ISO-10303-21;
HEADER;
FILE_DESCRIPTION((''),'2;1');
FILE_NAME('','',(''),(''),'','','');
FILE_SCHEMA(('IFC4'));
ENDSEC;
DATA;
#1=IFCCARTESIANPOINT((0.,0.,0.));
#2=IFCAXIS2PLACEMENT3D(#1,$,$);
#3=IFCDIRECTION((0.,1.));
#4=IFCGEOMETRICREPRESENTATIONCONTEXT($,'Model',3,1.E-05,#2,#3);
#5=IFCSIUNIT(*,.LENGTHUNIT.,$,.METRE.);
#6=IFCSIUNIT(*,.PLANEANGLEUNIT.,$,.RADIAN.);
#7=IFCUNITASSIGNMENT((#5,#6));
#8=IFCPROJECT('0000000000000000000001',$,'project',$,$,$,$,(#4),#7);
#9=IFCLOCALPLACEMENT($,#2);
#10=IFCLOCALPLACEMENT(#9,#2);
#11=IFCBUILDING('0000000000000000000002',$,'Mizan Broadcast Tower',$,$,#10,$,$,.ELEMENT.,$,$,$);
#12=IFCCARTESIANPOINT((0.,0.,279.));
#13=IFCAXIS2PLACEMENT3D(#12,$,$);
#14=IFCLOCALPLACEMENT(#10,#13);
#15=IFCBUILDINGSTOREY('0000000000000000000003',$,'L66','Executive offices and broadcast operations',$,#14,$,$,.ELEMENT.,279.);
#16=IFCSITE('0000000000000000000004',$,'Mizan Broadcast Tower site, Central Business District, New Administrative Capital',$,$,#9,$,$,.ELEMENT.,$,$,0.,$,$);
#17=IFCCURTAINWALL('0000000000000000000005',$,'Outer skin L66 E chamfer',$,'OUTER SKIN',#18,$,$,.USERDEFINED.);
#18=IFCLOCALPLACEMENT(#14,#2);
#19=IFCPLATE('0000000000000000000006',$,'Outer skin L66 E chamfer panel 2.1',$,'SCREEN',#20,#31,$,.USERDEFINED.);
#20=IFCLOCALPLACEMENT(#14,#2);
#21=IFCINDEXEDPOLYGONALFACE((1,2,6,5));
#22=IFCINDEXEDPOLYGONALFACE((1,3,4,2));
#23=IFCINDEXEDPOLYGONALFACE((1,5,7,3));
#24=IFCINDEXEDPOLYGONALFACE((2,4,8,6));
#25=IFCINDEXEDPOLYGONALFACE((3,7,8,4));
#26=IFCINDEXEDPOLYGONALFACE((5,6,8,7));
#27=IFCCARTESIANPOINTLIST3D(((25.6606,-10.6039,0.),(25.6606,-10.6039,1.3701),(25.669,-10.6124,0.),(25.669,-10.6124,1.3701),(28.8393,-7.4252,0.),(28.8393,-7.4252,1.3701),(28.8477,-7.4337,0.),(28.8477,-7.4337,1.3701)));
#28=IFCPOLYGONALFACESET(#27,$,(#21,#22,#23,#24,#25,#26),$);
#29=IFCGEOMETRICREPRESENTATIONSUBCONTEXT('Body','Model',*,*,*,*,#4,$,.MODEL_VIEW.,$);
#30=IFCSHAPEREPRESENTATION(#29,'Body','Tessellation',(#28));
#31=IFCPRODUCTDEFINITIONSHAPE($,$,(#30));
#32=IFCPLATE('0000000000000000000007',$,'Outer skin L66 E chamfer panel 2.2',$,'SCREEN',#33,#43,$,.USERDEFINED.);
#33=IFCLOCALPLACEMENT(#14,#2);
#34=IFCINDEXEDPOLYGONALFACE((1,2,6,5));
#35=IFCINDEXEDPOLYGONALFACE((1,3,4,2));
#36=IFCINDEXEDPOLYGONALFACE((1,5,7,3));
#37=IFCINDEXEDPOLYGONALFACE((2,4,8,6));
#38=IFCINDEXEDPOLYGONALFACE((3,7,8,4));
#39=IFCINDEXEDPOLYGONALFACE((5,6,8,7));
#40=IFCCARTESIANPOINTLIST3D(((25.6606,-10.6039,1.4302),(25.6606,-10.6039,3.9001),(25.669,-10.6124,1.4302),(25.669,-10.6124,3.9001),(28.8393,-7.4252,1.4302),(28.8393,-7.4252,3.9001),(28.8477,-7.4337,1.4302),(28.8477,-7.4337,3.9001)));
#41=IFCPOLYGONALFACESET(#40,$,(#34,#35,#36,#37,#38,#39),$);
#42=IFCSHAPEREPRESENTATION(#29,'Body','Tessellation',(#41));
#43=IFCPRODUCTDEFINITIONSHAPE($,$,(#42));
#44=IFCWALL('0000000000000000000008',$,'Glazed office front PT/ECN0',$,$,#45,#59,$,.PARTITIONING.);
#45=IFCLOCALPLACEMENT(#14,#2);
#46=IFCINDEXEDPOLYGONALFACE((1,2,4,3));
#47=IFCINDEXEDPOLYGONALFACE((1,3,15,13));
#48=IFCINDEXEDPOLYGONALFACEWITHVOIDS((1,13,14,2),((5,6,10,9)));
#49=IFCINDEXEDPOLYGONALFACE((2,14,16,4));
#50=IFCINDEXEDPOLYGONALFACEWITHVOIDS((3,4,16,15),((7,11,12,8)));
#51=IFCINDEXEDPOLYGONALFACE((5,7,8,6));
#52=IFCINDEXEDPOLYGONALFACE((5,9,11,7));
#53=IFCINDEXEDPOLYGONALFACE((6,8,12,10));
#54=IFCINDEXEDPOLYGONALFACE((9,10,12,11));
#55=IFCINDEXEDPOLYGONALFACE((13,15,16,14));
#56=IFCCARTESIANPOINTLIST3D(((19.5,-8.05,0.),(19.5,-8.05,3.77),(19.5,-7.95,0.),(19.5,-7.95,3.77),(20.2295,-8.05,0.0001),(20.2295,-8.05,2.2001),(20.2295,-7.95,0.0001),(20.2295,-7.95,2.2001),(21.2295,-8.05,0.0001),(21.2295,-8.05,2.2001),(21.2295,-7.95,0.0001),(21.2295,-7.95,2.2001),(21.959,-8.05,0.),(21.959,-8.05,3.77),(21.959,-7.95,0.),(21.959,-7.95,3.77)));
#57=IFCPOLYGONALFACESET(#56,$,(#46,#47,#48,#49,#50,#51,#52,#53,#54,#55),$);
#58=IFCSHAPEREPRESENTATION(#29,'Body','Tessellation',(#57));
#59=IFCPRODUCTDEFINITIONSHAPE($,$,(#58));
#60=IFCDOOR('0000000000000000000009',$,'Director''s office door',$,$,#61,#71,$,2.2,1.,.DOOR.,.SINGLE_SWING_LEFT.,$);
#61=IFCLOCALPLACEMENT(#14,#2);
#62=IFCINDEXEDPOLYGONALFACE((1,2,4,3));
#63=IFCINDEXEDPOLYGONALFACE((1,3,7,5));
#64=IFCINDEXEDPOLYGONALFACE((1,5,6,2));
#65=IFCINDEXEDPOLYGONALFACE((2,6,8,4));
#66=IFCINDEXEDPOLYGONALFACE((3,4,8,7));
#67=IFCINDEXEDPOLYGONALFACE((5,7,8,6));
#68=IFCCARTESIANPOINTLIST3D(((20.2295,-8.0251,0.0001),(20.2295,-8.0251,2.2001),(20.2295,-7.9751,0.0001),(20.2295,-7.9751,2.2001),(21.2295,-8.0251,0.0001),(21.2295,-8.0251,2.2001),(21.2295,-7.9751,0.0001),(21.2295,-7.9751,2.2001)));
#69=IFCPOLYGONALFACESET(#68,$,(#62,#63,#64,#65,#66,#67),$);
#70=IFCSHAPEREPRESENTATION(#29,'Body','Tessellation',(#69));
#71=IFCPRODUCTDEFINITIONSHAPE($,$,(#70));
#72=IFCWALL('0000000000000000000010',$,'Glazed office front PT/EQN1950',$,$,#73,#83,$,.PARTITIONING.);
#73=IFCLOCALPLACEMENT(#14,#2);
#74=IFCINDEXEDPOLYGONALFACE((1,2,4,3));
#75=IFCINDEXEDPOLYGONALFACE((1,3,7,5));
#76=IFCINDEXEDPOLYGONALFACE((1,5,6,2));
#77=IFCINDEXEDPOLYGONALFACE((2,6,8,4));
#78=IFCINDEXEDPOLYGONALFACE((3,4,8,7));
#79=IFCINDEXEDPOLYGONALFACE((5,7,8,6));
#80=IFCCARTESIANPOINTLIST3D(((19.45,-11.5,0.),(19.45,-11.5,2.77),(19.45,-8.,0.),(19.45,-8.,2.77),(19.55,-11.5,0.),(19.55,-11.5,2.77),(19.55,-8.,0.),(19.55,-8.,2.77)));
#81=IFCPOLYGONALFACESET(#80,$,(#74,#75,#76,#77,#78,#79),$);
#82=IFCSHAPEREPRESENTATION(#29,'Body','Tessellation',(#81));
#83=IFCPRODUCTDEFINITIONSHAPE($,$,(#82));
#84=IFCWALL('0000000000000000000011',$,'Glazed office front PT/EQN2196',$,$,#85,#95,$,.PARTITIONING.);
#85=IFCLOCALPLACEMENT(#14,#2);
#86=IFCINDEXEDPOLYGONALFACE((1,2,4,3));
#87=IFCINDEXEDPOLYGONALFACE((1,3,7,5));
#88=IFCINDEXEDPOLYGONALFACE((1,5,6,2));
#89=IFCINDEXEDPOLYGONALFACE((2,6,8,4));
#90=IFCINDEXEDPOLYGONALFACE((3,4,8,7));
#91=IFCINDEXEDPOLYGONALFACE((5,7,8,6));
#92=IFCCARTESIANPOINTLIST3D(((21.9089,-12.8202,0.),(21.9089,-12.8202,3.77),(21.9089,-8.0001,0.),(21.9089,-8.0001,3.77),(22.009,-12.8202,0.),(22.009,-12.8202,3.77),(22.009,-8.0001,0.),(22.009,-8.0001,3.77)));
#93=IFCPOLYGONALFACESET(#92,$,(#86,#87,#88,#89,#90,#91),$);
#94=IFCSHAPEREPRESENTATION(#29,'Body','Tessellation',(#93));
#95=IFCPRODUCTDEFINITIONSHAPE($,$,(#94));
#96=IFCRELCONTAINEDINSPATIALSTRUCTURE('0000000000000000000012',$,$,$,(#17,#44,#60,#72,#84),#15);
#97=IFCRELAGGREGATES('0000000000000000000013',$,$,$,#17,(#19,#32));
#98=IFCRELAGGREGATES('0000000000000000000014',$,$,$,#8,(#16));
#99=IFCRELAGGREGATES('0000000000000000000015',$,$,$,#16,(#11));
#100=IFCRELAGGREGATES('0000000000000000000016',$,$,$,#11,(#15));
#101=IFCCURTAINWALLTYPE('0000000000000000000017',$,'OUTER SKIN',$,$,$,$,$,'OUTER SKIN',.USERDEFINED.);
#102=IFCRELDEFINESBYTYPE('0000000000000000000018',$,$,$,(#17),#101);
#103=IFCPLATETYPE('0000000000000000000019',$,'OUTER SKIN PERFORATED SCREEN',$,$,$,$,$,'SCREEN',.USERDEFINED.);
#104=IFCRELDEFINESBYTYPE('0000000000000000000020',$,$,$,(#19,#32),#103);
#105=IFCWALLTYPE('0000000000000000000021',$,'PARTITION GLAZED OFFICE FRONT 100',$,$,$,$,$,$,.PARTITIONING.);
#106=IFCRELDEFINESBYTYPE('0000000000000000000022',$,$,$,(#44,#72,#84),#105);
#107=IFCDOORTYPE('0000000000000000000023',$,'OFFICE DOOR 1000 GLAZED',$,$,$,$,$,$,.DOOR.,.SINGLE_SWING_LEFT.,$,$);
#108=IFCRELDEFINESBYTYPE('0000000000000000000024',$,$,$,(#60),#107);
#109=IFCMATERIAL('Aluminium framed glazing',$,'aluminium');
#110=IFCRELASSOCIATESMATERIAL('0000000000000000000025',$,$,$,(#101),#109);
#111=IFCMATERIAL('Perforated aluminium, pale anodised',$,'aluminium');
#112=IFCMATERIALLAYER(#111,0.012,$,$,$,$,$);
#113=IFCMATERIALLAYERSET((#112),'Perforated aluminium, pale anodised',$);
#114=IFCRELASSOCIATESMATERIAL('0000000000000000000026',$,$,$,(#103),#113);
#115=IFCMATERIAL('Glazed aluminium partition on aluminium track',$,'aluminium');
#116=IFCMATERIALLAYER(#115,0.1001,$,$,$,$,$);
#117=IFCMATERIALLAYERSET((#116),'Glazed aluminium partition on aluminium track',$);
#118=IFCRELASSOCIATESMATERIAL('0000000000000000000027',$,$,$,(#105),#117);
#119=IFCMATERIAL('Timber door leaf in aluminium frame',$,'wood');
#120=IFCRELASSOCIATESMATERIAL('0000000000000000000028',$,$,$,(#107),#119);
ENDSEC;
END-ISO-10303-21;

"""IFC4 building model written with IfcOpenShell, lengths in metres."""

from ifc_helpers import new_model, si_unit, direction, frame, frame_2d, origin, origin_2d, place, context, subcontext, project, spatial, rectangle, extrude, material, layer, layer_set, type_object, element, fill, aggregate, save


model = new_model("IFC4")

# Units and contexts
model_context = context("Model", 3, precision=1e-05, world=origin(), true_north=direction((0.0, 1.0)))
body_context = subcontext(model_context, "Body", "Model", "MODEL_VIEW")
ifc_project = project(units=[si_unit("LENGTHUNIT", "METRE"), si_unit("PLANEANGLEUNIT", "RADIAN")], contexts=[model_context])

# Site, building, storey
site_placement = place(None, origin())
site = spatial("IfcSite", under=ifc_project, at=site_placement, Name="Mizan Broadcast Tower site, Central Business District, New Administrative Capital", CompositionType="ELEMENT", RefElevation=0.0)
building_placement = place(site_placement, origin())
building = spatial("IfcBuilding", under=site, at=building_placement, Name="Mizan Broadcast Tower", CompositionType="ELEMENT")
storey_placement = place(building_placement, frame((0.0, 0.0, 279.0)))
storey = spatial("IfcBuildingStorey", under=building, at=storey_placement, Name="L66", Description="Executive offices and broadcast operations", CompositionType="ELEMENT", Elevation=279.0)

# Curtain wall
ifc_material_1 = material(Name="Aluminium framed glazing", Category="aluminium")
curtain_wall_type_1 = type_object("IfcCurtainWallType", Name="OUTER SKIN", ElementType="OUTER SKIN", PredefinedType="USERDEFINED", material=ifc_material_1)
curtain_wall_1_placement = place(storey_placement, origin())
curtain_wall_1 = element("IfcCurtainWall", 1, at=curtain_wall_1_placement, inside=storey, type_object=curtain_wall_type_1, Name="Outer skin L66 E chamfer", ObjectType="OUTER SKIN", PredefinedType="USERDEFINED")

# Plates
ifc_material_2 = material(Name="Perforated aluminium, pale anodised", Category="aluminium")
ifc_layer_1 = layer(ifc_material_2, 0.012)
ifc_layer_set_1 = layer_set([ifc_layer_1], Name="Perforated aluminium, pale anodised")
plate_type_1 = type_object("IfcPlateType", Name="OUTER SKIN PERFORATED SCREEN", ElementType="SCREEN", PredefinedType="USERDEFINED", material=ifc_layer_set_1)
plate_1_placement = place(storey_placement, frame((27.2542, -9.0188, 0.0), z_axis=(0.0, 0.0, 1.0), x_axis=(0.707107, 0.707107, 0.0)))
plate_1 = element("IfcPlate", 2, at=plate_1_placement, type_object=plate_type_1, Name="Outer skin L66 E chamfer panel 2.1", ObjectType="SCREEN", PredefinedType="USERDEFINED", context=body_context, shape_type="SweptSolid", body=[
    extrude(rectangle(XDim=4.4954, YDim=0.012, at=origin_2d()), origin(), (0.0, 0.0, 1.0), 1.3701),
])
plate_2_placement = place(storey_placement, frame((27.2542, -9.0188, 1.4302), z_axis=(0.0, 0.0, 1.0), x_axis=(0.707107, 0.707107, 0.0)))
plate_2 = element("IfcPlate", 3, at=plate_2_placement, type_object=plate_type_1, Name="Outer skin L66 E chamfer panel 2.2", ObjectType="SCREEN", PredefinedType="USERDEFINED", context=body_context, shape_type="SweptSolid", body=[
    extrude(rectangle(XDim=4.4954, YDim=0.012, at=origin_2d()), origin(), (0.0, 0.0, 1.0), 2.47),
])
aggregate(curtain_wall_1, [plate_1, plate_2])

# Wall, opening, door
ifc_material_3 = material(Name="Glazed aluminium partition on aluminium track", Category="aluminium")
ifc_layer_2 = layer(ifc_material_3, 0.1001)
ifc_layer_set_2 = layer_set([ifc_layer_2], Name="Glazed aluminium partition on aluminium track")
wall_type = type_object("IfcWallType", Name="PARTITION GLAZED OFFICE FRONT 100", PredefinedType="PARTITIONING", material=ifc_layer_set_2)
wall_1_placement = place(storey_placement, frame((19.5, -8.0, 0.0), z_axis=(0.0, 0.0, 1.0), x_axis=(1.0, 0.0, 0.0)))
wall_1 = element("IfcWall", 4, at=wall_1_placement, inside=storey, type_object=wall_type, Name="Glazed office front PT/ECN0", PredefinedType="PARTITIONING", context=body_context, shape_type="SweptSolid", body=[
    extrude(rectangle(XDim=2.459, YDim=0.1001, at=frame_2d((1.2295, 0.0))), origin(), (0.0, 0.0, 1.0), 3.77),
])
opening_placement = place(wall_1_placement, frame((0.7295, 0.0, 0.0)))
opening = element("IfcOpeningElement", 5, at=opening_placement, cuts=wall_1, PredefinedType="OPENING", context=body_context, shape_type="SweptSolid", body=[
    extrude(rectangle(XDim=1.0, YDim=2.2, at=frame_2d((0.5, 1.1001))), frame((0.0, 0.0601, 0.0), z_axis=(0.0, -1.0, 0.0), x_axis=(1.0, 0.0, 0.0)), (0.0, 0.0, 1.0), 0.1201),
])
ifc_material_4 = material(Name="Timber door leaf in aluminium frame", Category="wood")
door_type = type_object("IfcDoorType", Name="OFFICE DOOR 1000 GLAZED", OperationType="SINGLE_SWING_LEFT", PredefinedType="DOOR", material=ifc_material_4)
door_placement = place(opening_placement, origin())
door = element("IfcDoor", 6, at=door_placement, inside=storey, type_object=door_type, Name="Director's office door", OperationType="SINGLE_SWING_LEFT", OverallHeight=2.2, OverallWidth=1.0, PredefinedType="DOOR", context=body_context, shape_type="SweptSolid", body=[
    extrude(rectangle(XDim=1.0, YDim=2.2, at=frame_2d((0.5, 1.1001))), frame((0.0, 0.0249, 0.0), z_axis=(0.0, -1.0, 0.0), x_axis=(1.0, 0.0, 0.0)), (0.0, 0.0, 1.0), 0.05),
])
fill(opening, door)

# Walls
wall_2_placement = place(storey_placement, frame((19.5, -8.0, 0.0), z_axis=(0.0, 0.0, 1.0), x_axis=(0.0, -1.0, 0.0)))
element("IfcWall", 7, at=wall_2_placement, inside=storey, type_object=wall_type, Name="Glazed office front PT/EQN1950", PredefinedType="PARTITIONING", context=body_context, shape_type="SweptSolid", body=[
    extrude(rectangle(XDim=3.5, YDim=0.1001, at=frame_2d((1.75, 0.0))), origin(), (0.0, 0.0, 1.0), 2.77),
])
wall_3_placement = place(storey_placement, frame((21.959, -8.0, 0.0), z_axis=(0.0, 0.0, 1.0), x_axis=(0.0, -1.0, 0.0)))
element("IfcWall", 8, at=wall_3_placement, inside=storey, type_object=wall_type, Name="Glazed office front PT/EQN2196", PredefinedType="PARTITIONING", context=body_context, shape_type="SweptSolid", body=[
    extrude(rectangle(XDim=4.8201, YDim=0.1001, at=frame_2d((2.4102, 0.0))), origin(), (0.0, 0.0, 1.0), 3.77),
])

save(model, "model.ifc")
